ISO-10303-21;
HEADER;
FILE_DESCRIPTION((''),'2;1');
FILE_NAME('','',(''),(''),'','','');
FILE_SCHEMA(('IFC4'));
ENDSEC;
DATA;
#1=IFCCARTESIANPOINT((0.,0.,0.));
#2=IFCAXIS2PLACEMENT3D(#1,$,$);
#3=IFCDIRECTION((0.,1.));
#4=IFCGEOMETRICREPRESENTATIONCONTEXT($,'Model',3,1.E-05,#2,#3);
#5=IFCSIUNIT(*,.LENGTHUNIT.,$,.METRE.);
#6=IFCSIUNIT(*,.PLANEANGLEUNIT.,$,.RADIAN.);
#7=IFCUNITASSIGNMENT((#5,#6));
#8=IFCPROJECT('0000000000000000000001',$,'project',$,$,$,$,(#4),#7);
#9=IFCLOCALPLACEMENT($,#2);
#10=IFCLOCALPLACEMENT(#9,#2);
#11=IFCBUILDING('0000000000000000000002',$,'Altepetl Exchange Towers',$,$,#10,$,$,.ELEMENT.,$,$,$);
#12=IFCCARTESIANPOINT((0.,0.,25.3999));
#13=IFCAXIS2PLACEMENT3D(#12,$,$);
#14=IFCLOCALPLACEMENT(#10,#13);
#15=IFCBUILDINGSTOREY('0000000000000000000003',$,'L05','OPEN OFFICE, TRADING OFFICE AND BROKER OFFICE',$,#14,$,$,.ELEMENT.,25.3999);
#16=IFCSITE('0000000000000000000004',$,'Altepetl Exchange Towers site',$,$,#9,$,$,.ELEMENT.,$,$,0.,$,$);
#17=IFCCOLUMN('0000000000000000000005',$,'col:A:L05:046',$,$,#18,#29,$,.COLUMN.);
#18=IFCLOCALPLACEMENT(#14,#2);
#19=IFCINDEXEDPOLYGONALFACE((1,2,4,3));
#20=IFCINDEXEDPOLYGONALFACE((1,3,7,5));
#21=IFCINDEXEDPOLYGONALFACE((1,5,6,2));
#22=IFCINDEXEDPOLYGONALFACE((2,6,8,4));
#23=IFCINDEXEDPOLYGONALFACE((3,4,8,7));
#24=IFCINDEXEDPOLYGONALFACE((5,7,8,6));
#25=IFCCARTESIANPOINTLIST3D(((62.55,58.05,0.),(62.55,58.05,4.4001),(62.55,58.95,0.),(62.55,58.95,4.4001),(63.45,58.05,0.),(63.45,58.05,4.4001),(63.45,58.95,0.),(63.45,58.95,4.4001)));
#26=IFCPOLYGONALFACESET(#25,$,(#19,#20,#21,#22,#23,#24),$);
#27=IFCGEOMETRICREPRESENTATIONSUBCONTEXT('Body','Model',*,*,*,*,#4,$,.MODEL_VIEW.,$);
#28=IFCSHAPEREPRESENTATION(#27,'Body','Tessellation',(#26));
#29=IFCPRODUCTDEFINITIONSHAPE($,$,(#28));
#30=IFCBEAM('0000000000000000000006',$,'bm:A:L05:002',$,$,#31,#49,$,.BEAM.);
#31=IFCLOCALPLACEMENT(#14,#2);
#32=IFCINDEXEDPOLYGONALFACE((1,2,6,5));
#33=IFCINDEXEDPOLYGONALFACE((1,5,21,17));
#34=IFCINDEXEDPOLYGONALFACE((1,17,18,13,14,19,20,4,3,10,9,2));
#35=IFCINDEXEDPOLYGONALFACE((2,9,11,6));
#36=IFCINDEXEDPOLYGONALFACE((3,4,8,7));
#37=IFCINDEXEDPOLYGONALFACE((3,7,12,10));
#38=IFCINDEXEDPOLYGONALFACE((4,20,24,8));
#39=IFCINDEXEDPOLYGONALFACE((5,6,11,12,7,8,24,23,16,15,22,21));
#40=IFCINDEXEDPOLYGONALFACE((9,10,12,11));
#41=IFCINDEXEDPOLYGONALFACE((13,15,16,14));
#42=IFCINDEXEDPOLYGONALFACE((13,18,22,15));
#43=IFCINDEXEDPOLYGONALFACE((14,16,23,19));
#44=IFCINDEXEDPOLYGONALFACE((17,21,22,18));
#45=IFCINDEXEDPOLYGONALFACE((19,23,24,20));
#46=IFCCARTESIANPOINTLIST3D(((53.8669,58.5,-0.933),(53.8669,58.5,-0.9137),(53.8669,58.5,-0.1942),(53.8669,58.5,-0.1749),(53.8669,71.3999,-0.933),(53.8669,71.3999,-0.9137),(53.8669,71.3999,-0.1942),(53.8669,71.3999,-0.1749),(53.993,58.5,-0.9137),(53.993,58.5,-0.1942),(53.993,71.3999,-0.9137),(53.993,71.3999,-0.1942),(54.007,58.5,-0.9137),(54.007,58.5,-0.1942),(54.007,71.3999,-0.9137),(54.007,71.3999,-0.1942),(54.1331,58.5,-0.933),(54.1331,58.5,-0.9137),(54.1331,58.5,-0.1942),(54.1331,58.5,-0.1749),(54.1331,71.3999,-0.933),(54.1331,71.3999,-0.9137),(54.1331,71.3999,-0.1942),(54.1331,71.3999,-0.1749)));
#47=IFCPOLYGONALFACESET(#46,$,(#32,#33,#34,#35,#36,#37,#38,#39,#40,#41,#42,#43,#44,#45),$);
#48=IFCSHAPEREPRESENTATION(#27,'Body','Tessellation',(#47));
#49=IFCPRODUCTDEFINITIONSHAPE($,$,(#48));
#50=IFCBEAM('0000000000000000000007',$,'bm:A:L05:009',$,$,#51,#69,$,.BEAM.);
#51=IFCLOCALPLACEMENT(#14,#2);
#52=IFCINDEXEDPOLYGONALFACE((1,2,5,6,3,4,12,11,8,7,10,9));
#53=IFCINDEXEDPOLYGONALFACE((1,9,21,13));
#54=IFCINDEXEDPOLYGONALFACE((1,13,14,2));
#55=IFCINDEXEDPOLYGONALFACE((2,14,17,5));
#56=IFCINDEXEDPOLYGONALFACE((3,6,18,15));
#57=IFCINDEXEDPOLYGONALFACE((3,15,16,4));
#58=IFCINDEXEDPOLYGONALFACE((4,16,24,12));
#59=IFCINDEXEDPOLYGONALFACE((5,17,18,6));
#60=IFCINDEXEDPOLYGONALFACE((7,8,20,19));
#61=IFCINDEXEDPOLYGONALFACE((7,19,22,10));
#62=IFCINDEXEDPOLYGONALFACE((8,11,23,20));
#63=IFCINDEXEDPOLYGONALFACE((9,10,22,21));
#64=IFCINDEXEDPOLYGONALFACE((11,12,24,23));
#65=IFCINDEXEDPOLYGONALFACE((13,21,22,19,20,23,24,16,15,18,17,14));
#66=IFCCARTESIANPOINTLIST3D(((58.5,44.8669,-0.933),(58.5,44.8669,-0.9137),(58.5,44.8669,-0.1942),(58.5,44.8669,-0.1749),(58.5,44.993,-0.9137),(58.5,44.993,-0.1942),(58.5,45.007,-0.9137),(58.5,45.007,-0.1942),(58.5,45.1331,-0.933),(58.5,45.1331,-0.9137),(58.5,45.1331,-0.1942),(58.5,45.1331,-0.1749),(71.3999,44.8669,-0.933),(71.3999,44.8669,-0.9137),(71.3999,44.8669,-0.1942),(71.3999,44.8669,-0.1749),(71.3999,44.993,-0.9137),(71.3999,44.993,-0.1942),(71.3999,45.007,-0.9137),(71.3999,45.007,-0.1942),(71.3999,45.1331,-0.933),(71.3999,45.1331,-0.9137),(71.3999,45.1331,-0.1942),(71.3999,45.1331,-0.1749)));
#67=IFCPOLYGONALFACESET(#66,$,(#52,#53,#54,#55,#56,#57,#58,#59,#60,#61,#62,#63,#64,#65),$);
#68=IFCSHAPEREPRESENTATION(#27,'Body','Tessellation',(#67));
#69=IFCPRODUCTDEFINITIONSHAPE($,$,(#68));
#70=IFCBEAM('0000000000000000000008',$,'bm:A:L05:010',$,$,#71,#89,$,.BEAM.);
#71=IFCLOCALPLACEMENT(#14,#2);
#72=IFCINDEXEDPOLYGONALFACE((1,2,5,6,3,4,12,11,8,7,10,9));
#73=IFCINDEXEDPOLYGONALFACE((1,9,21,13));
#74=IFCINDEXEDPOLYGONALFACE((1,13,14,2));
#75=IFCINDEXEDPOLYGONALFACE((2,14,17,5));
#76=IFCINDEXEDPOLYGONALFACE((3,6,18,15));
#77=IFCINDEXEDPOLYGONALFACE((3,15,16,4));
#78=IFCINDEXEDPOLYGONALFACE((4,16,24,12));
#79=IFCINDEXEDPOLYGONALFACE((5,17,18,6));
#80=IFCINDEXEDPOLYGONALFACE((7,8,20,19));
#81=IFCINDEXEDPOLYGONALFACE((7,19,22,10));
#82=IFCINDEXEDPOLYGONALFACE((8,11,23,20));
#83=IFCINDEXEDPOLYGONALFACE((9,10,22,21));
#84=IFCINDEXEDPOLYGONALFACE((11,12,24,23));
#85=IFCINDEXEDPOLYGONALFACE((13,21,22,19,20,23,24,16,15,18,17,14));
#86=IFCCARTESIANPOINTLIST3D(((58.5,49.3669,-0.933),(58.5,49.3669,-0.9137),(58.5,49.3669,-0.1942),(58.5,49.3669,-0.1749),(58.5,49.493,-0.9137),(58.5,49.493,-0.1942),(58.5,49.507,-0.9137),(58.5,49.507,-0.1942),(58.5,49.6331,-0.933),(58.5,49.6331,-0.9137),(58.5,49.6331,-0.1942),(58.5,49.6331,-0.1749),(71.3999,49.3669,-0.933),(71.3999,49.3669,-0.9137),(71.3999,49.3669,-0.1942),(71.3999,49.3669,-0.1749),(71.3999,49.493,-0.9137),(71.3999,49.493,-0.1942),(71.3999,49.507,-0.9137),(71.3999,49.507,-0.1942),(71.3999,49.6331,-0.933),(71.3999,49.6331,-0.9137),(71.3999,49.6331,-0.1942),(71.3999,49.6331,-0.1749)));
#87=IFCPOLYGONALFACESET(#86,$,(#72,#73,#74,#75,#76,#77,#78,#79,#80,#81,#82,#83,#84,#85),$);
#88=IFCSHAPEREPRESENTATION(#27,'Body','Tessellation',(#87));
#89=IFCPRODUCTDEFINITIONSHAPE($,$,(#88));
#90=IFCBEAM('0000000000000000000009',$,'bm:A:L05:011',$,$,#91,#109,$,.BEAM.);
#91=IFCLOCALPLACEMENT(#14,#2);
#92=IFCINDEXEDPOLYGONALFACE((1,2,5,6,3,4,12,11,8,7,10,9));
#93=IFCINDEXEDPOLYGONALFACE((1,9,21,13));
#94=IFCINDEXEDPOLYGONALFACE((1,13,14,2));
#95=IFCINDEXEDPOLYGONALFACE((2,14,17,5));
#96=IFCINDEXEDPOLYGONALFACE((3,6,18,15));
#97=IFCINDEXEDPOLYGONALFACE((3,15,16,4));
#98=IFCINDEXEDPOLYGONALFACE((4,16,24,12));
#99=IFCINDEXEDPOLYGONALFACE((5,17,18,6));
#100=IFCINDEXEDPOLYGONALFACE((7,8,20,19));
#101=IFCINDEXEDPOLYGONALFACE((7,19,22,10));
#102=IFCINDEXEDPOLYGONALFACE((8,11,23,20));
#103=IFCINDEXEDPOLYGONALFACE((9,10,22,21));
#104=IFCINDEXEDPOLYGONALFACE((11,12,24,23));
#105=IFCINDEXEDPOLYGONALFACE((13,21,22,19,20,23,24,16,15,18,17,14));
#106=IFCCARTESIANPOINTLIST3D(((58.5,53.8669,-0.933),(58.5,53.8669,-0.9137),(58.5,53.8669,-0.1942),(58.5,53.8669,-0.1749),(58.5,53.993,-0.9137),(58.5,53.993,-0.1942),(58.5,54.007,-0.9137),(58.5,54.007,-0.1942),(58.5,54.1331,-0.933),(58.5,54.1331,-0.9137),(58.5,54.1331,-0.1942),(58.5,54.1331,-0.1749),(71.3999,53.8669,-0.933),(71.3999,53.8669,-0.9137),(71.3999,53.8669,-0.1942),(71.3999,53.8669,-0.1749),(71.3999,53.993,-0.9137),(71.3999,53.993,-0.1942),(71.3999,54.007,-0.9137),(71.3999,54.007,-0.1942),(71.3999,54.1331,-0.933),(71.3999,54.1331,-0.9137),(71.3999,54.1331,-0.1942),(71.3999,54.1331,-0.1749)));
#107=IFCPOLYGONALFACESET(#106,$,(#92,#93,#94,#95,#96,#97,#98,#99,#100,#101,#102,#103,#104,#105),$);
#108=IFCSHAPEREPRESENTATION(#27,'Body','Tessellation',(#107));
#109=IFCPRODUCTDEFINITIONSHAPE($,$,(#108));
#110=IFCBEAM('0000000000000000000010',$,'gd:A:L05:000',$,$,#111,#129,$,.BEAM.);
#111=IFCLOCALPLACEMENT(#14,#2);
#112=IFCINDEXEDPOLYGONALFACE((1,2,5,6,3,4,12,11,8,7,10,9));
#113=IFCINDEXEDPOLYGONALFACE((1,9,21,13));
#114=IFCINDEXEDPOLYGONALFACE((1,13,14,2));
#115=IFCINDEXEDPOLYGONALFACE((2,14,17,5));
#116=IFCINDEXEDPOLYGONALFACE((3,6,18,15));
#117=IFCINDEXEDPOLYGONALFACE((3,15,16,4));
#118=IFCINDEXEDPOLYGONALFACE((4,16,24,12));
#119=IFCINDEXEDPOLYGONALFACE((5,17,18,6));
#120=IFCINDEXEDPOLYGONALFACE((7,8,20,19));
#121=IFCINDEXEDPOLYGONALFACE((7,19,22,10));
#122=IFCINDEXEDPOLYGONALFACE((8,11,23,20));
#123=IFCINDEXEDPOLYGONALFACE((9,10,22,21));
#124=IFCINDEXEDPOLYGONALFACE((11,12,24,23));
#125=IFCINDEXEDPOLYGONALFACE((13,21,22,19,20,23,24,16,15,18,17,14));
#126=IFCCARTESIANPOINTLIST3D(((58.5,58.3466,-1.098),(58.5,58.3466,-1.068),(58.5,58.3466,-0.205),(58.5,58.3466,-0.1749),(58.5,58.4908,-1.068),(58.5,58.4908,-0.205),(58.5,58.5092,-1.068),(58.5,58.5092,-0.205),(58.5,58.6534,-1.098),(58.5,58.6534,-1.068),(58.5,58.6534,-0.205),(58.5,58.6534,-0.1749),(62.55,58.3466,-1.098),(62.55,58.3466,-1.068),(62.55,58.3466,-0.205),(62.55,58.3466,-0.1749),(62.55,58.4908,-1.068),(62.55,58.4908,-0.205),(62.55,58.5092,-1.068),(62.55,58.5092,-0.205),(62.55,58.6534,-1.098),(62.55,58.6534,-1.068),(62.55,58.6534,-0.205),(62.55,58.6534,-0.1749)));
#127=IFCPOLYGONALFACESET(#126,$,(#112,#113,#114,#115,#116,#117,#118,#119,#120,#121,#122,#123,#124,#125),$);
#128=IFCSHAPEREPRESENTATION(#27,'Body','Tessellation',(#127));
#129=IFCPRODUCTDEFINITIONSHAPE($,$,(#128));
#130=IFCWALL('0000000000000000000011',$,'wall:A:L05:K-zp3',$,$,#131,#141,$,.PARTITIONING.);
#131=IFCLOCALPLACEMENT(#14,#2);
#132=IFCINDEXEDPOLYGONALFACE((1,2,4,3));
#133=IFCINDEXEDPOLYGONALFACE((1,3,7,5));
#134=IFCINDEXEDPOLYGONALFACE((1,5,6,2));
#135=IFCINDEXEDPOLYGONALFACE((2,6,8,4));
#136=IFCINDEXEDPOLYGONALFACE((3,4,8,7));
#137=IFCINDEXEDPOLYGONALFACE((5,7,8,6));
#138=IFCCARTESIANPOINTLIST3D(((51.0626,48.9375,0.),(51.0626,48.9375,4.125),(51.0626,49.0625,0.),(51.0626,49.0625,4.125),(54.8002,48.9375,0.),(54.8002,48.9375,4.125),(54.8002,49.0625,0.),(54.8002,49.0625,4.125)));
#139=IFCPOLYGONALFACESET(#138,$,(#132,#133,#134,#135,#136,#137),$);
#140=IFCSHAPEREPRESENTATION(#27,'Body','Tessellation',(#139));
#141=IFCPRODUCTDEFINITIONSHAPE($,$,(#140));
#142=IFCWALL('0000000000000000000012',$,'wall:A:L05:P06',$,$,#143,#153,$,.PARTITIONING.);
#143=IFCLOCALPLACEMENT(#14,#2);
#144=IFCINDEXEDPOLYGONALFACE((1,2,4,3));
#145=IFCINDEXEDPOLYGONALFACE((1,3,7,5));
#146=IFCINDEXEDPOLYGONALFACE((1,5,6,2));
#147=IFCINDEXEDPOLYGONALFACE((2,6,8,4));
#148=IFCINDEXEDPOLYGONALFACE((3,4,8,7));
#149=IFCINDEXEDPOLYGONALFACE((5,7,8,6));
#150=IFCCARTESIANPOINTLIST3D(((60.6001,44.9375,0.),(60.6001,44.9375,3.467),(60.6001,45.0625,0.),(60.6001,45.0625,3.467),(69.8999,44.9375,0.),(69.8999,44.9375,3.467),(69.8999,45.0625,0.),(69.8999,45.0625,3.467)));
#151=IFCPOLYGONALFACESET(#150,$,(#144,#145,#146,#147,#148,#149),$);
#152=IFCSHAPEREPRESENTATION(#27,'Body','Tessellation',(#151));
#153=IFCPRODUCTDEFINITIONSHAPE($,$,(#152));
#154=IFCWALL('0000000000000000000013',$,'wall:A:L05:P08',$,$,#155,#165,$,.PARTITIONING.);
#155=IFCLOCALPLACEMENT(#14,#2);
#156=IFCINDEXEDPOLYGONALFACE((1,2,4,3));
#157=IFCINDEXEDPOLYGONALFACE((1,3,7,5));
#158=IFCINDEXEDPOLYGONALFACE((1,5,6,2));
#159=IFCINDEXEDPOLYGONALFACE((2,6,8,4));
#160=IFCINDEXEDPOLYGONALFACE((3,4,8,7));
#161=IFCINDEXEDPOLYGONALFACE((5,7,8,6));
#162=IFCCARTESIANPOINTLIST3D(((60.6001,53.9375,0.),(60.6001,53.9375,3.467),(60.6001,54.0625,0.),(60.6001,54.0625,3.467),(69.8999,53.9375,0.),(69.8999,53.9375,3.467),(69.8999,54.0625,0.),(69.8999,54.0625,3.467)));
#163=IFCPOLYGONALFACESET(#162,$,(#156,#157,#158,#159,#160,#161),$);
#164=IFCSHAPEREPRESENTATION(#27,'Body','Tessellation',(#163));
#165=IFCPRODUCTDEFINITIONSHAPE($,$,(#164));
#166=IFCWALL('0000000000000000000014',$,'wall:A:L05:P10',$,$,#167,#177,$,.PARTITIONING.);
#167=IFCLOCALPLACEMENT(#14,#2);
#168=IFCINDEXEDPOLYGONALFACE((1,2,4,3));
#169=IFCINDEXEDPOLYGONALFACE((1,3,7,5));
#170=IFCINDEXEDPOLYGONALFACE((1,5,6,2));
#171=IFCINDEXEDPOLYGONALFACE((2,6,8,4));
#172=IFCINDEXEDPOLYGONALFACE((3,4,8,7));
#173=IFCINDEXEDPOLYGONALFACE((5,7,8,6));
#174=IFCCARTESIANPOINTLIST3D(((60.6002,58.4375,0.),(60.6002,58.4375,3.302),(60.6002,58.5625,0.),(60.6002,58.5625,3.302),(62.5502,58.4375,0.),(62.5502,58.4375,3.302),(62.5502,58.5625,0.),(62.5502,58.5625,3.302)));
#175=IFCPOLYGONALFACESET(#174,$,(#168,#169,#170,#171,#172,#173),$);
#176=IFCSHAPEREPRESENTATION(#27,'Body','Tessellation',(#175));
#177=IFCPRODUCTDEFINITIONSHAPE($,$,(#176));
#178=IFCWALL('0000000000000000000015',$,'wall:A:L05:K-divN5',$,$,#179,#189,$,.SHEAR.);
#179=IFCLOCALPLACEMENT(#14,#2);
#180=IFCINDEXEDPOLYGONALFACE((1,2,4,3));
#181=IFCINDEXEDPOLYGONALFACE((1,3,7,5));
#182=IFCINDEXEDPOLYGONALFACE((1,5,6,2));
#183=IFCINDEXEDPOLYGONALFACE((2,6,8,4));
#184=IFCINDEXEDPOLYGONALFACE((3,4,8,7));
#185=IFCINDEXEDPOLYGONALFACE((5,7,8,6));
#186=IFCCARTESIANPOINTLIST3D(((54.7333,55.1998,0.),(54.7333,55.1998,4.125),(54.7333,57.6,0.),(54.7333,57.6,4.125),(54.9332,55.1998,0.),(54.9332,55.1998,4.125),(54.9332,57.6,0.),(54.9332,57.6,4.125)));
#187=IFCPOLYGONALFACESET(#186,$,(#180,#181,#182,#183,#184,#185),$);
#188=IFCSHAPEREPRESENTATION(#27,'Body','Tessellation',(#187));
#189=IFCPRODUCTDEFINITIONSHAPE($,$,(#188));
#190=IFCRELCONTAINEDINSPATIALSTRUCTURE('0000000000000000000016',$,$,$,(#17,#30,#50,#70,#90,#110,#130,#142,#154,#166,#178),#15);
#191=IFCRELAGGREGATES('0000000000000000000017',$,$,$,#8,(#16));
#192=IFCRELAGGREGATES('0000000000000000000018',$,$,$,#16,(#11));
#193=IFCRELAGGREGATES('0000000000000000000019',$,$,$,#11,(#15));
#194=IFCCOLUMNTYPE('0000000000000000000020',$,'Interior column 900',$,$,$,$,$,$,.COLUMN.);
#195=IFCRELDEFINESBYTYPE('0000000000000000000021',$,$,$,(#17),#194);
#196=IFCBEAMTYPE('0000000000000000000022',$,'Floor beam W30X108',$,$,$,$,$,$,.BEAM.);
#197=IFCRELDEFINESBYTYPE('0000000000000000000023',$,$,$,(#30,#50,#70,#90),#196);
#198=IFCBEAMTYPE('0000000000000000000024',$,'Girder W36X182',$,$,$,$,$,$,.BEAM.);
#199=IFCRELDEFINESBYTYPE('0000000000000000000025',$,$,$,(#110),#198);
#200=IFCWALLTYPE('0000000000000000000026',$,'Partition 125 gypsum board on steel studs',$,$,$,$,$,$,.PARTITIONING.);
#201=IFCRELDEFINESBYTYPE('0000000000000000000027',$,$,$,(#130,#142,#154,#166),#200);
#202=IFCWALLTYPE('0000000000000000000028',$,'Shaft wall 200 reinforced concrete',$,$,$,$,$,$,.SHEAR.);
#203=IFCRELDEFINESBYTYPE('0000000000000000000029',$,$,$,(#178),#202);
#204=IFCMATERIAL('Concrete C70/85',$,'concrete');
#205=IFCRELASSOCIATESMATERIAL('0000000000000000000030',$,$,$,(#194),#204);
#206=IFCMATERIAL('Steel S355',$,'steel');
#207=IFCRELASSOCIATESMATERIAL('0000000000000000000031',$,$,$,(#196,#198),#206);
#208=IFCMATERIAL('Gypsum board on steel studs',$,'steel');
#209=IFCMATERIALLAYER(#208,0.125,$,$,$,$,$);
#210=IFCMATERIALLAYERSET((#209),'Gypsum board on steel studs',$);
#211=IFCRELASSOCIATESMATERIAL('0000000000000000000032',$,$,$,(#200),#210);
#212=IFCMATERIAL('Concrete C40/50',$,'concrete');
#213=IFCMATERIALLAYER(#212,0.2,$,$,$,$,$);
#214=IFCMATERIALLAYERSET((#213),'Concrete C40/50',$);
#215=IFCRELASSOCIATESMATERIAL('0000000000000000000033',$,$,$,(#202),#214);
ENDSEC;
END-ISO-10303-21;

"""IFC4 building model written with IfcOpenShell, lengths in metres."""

from ifc_helpers import new_model, si_unit, direction, frame, frame_2d, origin, origin_2d, place, context, subcontext, project, spatial, rectangle, i_section, extrude, material, layer, layer_set, material_profile, profile_set, type_object, element, save


model = new_model("IFC4")

# Units and contexts
model_context = context("Model", 3, precision=1e-05, world=origin(), true_north=direction((0.0, 1.0)))
body_context = subcontext(model_context, "Body", "Model", "MODEL_VIEW")
ifc_project = project(units=[si_unit("LENGTHUNIT", "METRE"), si_unit("PLANEANGLEUNIT", "RADIAN")], contexts=[model_context])

# Site, building, storey
site_placement = place(None, origin())
site = spatial("IfcSite", under=ifc_project, at=site_placement, Name="Altepetl Exchange Towers site", CompositionType="ELEMENT", RefElevation=0.0)
building_placement = place(site_placement, origin())
building = spatial("IfcBuilding", under=site, at=building_placement, Name="Altepetl Exchange Towers", CompositionType="ELEMENT")
storey_placement = place(building_placement, frame((0.0, 0.0, 25.3999)))
storey = spatial("IfcBuildingStorey", under=building, at=storey_placement, Name="L05", Description="OPEN OFFICE, TRADING OFFICE AND BROKER OFFICE", CompositionType="ELEMENT", Elevation=25.3999)

# Column
ifc_material_1 = material(Name="Concrete C70/85", Category="concrete")
ifc_material_profile_1 = material_profile(ifc_material_1, rectangle(XDim=0.8999, YDim=0.8999, at=origin_2d()), Name="900 x 900")
ifc_profile_set_1 = profile_set([ifc_material_profile_1], Name="Concrete C70/85")
column_type = type_object("IfcColumnType", Name="Interior column 900", PredefinedType="COLUMN", material=ifc_profile_set_1)
column_placement = place(storey_placement, frame((63.0, 58.5, 0.0)))
element("IfcColumn", 1, at=column_placement, inside=storey, type_object=column_type, Name="col:A:L05:046", PredefinedType="COLUMN", context=body_context, shape_type="SweptSolid", body=[
    extrude(rectangle(XDim=0.8999, YDim=0.8999, at=origin_2d()), origin(), (0.0, 0.0, 1.0), 4.4001),
])

# Beams
ifc_material_2 = material(Name="Steel S355", Category="steel")
ifc_material_profile_2 = material_profile(ifc_material_2, i_section(OverallWidth=0.2661, OverallDepth=0.7581, WebThickness=0.0139, FlangeThickness=0.0193, at=origin_2d()), Name="W30X108")
ifc_profile_set_2 = profile_set([ifc_material_profile_2], Name="Steel S355")
beam_type_1 = type_object("IfcBeamType", Name="Floor beam W30X108", PredefinedType="BEAM", material=ifc_profile_set_2)
for number, where, z_axis, x_axis, name in (
    (2, (54.0, 58.5, -0.554), (0.0, 1.0, 0.0), (-1.0, 0.0, 0.0), "bm:A:L05:002"),
    (3, (58.5, 45.0, -0.554), (1.0, 0.0, 0.0), (0.0, 1.0, 0.0), "bm:A:L05:009"),
    (4, (58.5, 49.5, -0.554), (1.0, 0.0, 0.0), (0.0, 1.0, 0.0), "bm:A:L05:010"),
    (5, (58.5, 54.0, -0.554), (1.0, 0.0, 0.0), (0.0, 1.0, 0.0), "bm:A:L05:011"),
):
    element("IfcBeam", number, at=place(storey_placement, frame(where, z_axis=z_axis, x_axis=x_axis)), inside=storey, type_object=beam_type_1, Name=name, PredefinedType="BEAM", context=body_context, shape_type="SweptSolid", body=[
        extrude(i_section(OverallWidth=0.2661, OverallDepth=0.7581, WebThickness=0.0139, FlangeThickness=0.0193, at=origin_2d()), origin(), (0.0, 0.0, 1.0), 12.8999),
    ])
ifc_material_profile_3 = material_profile(ifc_material_2, i_section(OverallWidth=0.3069, OverallDepth=0.9231, WebThickness=0.0183, FlangeThickness=0.03, at=origin_2d()), Name="W36X182")
ifc_profile_set_3 = profile_set([ifc_material_profile_3], Name="Steel S355")
beam_type_2 = type_object("IfcBeamType", Name="Girder W36X182", PredefinedType="BEAM", material=ifc_profile_set_3)
beam_placement = place(storey_placement, frame((58.5, 58.5, -0.6365), z_axis=(1.0, 0.0, 0.0), x_axis=(0.0, 1.0, 0.0)))
element("IfcBeam", 6, at=beam_placement, inside=storey, type_object=beam_type_2, Name="gd:A:L05:000", PredefinedType="BEAM", context=body_context, shape_type="SweptSolid", body=[
    extrude(i_section(OverallWidth=0.3069, OverallDepth=0.9231, WebThickness=0.0183, FlangeThickness=0.03, at=origin_2d()), origin(), (0.0, 0.0, 1.0), 4.05),
])

# Walls
ifc_material_3 = material(Name="Gypsum board on steel studs", Category="steel")
ifc_layer_1 = layer(ifc_material_3, 0.125)
ifc_layer_set_1 = layer_set([ifc_layer_1], Name="Gypsum board on steel studs")
wall_type_1 = type_object("IfcWallType", Name="Partition 125 gypsum board on steel studs", PredefinedType="PARTITIONING", material=ifc_layer_set_1)
wall_1_placement = place(storey_placement, frame((54.8, 49.0, 0.0), z_axis=(0.0, 0.0, 1.0), x_axis=(-1.0, 0.0, 0.0)))
element("IfcWall", 7, at=wall_1_placement, inside=storey, type_object=wall_type_1, Name="wall:A:L05:K-zp3", PredefinedType="PARTITIONING", context=body_context, shape_type="SweptSolid", body=[
    extrude(rectangle(XDim=3.7375, YDim=0.125, at=frame_2d((1.8687, 0.0))), origin(), (0.0, 0.0, 1.0), 4.125),
])
for number, where, name in (
    (8, (60.6001, 45.0, 0.0), "wall:A:L05:P06"),
    (9, (60.6001, 54.0, 0.0), "wall:A:L05:P08"),
):
    element("IfcWall", number, at=place(storey_placement, frame(where)), inside=storey, type_object=wall_type_1, Name=name, PredefinedType="PARTITIONING", context=body_context, shape_type="SweptSolid", body=[
        extrude(rectangle(XDim=9.2998, YDim=0.125, at=frame_2d((4.6499, 0.0))), origin(), (0.0, 0.0, 1.0), 3.467),
    ])
wall_2_placement = place(storey_placement, frame((60.6001, 58.5, 0.0)))
element("IfcWall", 10, at=wall_2_placement, inside=storey, type_object=wall_type_1, Name="wall:A:L05:P10", PredefinedType="PARTITIONING", context=body_context, shape_type="SweptSolid", body=[
    extrude(rectangle(XDim=1.95, YDim=0.125, at=frame_2d((0.9751, 0.0))), origin(), (0.0, 0.0, 1.0), 3.302),
])
ifc_material_4 = material(Name="Concrete C40/50", Category="concrete")
ifc_layer_2 = layer(ifc_material_4, 0.2)
ifc_layer_set_2 = layer_set([ifc_layer_2], Name="Concrete C40/50")
wall_type_2 = type_object("IfcWallType", Name="Shaft wall 200 reinforced concrete", PredefinedType="SHEAR", material=ifc_layer_set_2)
wall_3_placement = place(storey_placement, frame((54.8333, 57.6001, 0.0), z_axis=(0.0, 0.0, 1.0), x_axis=(0.0, -1.0, 0.0)))
element("IfcWall", 11, at=wall_3_placement, inside=storey, type_object=wall_type_2, Name="wall:A:L05:K-divN5", PredefinedType="SHEAR", context=body_context, shape_type="SweptSolid", body=[
    extrude(rectangle(XDim=2.4001, YDim=0.2, at=frame_2d((1.2002, 0.0))), origin(), (0.0, 0.0, 1.0), 4.125),
])

save(model, "model.ifc")
